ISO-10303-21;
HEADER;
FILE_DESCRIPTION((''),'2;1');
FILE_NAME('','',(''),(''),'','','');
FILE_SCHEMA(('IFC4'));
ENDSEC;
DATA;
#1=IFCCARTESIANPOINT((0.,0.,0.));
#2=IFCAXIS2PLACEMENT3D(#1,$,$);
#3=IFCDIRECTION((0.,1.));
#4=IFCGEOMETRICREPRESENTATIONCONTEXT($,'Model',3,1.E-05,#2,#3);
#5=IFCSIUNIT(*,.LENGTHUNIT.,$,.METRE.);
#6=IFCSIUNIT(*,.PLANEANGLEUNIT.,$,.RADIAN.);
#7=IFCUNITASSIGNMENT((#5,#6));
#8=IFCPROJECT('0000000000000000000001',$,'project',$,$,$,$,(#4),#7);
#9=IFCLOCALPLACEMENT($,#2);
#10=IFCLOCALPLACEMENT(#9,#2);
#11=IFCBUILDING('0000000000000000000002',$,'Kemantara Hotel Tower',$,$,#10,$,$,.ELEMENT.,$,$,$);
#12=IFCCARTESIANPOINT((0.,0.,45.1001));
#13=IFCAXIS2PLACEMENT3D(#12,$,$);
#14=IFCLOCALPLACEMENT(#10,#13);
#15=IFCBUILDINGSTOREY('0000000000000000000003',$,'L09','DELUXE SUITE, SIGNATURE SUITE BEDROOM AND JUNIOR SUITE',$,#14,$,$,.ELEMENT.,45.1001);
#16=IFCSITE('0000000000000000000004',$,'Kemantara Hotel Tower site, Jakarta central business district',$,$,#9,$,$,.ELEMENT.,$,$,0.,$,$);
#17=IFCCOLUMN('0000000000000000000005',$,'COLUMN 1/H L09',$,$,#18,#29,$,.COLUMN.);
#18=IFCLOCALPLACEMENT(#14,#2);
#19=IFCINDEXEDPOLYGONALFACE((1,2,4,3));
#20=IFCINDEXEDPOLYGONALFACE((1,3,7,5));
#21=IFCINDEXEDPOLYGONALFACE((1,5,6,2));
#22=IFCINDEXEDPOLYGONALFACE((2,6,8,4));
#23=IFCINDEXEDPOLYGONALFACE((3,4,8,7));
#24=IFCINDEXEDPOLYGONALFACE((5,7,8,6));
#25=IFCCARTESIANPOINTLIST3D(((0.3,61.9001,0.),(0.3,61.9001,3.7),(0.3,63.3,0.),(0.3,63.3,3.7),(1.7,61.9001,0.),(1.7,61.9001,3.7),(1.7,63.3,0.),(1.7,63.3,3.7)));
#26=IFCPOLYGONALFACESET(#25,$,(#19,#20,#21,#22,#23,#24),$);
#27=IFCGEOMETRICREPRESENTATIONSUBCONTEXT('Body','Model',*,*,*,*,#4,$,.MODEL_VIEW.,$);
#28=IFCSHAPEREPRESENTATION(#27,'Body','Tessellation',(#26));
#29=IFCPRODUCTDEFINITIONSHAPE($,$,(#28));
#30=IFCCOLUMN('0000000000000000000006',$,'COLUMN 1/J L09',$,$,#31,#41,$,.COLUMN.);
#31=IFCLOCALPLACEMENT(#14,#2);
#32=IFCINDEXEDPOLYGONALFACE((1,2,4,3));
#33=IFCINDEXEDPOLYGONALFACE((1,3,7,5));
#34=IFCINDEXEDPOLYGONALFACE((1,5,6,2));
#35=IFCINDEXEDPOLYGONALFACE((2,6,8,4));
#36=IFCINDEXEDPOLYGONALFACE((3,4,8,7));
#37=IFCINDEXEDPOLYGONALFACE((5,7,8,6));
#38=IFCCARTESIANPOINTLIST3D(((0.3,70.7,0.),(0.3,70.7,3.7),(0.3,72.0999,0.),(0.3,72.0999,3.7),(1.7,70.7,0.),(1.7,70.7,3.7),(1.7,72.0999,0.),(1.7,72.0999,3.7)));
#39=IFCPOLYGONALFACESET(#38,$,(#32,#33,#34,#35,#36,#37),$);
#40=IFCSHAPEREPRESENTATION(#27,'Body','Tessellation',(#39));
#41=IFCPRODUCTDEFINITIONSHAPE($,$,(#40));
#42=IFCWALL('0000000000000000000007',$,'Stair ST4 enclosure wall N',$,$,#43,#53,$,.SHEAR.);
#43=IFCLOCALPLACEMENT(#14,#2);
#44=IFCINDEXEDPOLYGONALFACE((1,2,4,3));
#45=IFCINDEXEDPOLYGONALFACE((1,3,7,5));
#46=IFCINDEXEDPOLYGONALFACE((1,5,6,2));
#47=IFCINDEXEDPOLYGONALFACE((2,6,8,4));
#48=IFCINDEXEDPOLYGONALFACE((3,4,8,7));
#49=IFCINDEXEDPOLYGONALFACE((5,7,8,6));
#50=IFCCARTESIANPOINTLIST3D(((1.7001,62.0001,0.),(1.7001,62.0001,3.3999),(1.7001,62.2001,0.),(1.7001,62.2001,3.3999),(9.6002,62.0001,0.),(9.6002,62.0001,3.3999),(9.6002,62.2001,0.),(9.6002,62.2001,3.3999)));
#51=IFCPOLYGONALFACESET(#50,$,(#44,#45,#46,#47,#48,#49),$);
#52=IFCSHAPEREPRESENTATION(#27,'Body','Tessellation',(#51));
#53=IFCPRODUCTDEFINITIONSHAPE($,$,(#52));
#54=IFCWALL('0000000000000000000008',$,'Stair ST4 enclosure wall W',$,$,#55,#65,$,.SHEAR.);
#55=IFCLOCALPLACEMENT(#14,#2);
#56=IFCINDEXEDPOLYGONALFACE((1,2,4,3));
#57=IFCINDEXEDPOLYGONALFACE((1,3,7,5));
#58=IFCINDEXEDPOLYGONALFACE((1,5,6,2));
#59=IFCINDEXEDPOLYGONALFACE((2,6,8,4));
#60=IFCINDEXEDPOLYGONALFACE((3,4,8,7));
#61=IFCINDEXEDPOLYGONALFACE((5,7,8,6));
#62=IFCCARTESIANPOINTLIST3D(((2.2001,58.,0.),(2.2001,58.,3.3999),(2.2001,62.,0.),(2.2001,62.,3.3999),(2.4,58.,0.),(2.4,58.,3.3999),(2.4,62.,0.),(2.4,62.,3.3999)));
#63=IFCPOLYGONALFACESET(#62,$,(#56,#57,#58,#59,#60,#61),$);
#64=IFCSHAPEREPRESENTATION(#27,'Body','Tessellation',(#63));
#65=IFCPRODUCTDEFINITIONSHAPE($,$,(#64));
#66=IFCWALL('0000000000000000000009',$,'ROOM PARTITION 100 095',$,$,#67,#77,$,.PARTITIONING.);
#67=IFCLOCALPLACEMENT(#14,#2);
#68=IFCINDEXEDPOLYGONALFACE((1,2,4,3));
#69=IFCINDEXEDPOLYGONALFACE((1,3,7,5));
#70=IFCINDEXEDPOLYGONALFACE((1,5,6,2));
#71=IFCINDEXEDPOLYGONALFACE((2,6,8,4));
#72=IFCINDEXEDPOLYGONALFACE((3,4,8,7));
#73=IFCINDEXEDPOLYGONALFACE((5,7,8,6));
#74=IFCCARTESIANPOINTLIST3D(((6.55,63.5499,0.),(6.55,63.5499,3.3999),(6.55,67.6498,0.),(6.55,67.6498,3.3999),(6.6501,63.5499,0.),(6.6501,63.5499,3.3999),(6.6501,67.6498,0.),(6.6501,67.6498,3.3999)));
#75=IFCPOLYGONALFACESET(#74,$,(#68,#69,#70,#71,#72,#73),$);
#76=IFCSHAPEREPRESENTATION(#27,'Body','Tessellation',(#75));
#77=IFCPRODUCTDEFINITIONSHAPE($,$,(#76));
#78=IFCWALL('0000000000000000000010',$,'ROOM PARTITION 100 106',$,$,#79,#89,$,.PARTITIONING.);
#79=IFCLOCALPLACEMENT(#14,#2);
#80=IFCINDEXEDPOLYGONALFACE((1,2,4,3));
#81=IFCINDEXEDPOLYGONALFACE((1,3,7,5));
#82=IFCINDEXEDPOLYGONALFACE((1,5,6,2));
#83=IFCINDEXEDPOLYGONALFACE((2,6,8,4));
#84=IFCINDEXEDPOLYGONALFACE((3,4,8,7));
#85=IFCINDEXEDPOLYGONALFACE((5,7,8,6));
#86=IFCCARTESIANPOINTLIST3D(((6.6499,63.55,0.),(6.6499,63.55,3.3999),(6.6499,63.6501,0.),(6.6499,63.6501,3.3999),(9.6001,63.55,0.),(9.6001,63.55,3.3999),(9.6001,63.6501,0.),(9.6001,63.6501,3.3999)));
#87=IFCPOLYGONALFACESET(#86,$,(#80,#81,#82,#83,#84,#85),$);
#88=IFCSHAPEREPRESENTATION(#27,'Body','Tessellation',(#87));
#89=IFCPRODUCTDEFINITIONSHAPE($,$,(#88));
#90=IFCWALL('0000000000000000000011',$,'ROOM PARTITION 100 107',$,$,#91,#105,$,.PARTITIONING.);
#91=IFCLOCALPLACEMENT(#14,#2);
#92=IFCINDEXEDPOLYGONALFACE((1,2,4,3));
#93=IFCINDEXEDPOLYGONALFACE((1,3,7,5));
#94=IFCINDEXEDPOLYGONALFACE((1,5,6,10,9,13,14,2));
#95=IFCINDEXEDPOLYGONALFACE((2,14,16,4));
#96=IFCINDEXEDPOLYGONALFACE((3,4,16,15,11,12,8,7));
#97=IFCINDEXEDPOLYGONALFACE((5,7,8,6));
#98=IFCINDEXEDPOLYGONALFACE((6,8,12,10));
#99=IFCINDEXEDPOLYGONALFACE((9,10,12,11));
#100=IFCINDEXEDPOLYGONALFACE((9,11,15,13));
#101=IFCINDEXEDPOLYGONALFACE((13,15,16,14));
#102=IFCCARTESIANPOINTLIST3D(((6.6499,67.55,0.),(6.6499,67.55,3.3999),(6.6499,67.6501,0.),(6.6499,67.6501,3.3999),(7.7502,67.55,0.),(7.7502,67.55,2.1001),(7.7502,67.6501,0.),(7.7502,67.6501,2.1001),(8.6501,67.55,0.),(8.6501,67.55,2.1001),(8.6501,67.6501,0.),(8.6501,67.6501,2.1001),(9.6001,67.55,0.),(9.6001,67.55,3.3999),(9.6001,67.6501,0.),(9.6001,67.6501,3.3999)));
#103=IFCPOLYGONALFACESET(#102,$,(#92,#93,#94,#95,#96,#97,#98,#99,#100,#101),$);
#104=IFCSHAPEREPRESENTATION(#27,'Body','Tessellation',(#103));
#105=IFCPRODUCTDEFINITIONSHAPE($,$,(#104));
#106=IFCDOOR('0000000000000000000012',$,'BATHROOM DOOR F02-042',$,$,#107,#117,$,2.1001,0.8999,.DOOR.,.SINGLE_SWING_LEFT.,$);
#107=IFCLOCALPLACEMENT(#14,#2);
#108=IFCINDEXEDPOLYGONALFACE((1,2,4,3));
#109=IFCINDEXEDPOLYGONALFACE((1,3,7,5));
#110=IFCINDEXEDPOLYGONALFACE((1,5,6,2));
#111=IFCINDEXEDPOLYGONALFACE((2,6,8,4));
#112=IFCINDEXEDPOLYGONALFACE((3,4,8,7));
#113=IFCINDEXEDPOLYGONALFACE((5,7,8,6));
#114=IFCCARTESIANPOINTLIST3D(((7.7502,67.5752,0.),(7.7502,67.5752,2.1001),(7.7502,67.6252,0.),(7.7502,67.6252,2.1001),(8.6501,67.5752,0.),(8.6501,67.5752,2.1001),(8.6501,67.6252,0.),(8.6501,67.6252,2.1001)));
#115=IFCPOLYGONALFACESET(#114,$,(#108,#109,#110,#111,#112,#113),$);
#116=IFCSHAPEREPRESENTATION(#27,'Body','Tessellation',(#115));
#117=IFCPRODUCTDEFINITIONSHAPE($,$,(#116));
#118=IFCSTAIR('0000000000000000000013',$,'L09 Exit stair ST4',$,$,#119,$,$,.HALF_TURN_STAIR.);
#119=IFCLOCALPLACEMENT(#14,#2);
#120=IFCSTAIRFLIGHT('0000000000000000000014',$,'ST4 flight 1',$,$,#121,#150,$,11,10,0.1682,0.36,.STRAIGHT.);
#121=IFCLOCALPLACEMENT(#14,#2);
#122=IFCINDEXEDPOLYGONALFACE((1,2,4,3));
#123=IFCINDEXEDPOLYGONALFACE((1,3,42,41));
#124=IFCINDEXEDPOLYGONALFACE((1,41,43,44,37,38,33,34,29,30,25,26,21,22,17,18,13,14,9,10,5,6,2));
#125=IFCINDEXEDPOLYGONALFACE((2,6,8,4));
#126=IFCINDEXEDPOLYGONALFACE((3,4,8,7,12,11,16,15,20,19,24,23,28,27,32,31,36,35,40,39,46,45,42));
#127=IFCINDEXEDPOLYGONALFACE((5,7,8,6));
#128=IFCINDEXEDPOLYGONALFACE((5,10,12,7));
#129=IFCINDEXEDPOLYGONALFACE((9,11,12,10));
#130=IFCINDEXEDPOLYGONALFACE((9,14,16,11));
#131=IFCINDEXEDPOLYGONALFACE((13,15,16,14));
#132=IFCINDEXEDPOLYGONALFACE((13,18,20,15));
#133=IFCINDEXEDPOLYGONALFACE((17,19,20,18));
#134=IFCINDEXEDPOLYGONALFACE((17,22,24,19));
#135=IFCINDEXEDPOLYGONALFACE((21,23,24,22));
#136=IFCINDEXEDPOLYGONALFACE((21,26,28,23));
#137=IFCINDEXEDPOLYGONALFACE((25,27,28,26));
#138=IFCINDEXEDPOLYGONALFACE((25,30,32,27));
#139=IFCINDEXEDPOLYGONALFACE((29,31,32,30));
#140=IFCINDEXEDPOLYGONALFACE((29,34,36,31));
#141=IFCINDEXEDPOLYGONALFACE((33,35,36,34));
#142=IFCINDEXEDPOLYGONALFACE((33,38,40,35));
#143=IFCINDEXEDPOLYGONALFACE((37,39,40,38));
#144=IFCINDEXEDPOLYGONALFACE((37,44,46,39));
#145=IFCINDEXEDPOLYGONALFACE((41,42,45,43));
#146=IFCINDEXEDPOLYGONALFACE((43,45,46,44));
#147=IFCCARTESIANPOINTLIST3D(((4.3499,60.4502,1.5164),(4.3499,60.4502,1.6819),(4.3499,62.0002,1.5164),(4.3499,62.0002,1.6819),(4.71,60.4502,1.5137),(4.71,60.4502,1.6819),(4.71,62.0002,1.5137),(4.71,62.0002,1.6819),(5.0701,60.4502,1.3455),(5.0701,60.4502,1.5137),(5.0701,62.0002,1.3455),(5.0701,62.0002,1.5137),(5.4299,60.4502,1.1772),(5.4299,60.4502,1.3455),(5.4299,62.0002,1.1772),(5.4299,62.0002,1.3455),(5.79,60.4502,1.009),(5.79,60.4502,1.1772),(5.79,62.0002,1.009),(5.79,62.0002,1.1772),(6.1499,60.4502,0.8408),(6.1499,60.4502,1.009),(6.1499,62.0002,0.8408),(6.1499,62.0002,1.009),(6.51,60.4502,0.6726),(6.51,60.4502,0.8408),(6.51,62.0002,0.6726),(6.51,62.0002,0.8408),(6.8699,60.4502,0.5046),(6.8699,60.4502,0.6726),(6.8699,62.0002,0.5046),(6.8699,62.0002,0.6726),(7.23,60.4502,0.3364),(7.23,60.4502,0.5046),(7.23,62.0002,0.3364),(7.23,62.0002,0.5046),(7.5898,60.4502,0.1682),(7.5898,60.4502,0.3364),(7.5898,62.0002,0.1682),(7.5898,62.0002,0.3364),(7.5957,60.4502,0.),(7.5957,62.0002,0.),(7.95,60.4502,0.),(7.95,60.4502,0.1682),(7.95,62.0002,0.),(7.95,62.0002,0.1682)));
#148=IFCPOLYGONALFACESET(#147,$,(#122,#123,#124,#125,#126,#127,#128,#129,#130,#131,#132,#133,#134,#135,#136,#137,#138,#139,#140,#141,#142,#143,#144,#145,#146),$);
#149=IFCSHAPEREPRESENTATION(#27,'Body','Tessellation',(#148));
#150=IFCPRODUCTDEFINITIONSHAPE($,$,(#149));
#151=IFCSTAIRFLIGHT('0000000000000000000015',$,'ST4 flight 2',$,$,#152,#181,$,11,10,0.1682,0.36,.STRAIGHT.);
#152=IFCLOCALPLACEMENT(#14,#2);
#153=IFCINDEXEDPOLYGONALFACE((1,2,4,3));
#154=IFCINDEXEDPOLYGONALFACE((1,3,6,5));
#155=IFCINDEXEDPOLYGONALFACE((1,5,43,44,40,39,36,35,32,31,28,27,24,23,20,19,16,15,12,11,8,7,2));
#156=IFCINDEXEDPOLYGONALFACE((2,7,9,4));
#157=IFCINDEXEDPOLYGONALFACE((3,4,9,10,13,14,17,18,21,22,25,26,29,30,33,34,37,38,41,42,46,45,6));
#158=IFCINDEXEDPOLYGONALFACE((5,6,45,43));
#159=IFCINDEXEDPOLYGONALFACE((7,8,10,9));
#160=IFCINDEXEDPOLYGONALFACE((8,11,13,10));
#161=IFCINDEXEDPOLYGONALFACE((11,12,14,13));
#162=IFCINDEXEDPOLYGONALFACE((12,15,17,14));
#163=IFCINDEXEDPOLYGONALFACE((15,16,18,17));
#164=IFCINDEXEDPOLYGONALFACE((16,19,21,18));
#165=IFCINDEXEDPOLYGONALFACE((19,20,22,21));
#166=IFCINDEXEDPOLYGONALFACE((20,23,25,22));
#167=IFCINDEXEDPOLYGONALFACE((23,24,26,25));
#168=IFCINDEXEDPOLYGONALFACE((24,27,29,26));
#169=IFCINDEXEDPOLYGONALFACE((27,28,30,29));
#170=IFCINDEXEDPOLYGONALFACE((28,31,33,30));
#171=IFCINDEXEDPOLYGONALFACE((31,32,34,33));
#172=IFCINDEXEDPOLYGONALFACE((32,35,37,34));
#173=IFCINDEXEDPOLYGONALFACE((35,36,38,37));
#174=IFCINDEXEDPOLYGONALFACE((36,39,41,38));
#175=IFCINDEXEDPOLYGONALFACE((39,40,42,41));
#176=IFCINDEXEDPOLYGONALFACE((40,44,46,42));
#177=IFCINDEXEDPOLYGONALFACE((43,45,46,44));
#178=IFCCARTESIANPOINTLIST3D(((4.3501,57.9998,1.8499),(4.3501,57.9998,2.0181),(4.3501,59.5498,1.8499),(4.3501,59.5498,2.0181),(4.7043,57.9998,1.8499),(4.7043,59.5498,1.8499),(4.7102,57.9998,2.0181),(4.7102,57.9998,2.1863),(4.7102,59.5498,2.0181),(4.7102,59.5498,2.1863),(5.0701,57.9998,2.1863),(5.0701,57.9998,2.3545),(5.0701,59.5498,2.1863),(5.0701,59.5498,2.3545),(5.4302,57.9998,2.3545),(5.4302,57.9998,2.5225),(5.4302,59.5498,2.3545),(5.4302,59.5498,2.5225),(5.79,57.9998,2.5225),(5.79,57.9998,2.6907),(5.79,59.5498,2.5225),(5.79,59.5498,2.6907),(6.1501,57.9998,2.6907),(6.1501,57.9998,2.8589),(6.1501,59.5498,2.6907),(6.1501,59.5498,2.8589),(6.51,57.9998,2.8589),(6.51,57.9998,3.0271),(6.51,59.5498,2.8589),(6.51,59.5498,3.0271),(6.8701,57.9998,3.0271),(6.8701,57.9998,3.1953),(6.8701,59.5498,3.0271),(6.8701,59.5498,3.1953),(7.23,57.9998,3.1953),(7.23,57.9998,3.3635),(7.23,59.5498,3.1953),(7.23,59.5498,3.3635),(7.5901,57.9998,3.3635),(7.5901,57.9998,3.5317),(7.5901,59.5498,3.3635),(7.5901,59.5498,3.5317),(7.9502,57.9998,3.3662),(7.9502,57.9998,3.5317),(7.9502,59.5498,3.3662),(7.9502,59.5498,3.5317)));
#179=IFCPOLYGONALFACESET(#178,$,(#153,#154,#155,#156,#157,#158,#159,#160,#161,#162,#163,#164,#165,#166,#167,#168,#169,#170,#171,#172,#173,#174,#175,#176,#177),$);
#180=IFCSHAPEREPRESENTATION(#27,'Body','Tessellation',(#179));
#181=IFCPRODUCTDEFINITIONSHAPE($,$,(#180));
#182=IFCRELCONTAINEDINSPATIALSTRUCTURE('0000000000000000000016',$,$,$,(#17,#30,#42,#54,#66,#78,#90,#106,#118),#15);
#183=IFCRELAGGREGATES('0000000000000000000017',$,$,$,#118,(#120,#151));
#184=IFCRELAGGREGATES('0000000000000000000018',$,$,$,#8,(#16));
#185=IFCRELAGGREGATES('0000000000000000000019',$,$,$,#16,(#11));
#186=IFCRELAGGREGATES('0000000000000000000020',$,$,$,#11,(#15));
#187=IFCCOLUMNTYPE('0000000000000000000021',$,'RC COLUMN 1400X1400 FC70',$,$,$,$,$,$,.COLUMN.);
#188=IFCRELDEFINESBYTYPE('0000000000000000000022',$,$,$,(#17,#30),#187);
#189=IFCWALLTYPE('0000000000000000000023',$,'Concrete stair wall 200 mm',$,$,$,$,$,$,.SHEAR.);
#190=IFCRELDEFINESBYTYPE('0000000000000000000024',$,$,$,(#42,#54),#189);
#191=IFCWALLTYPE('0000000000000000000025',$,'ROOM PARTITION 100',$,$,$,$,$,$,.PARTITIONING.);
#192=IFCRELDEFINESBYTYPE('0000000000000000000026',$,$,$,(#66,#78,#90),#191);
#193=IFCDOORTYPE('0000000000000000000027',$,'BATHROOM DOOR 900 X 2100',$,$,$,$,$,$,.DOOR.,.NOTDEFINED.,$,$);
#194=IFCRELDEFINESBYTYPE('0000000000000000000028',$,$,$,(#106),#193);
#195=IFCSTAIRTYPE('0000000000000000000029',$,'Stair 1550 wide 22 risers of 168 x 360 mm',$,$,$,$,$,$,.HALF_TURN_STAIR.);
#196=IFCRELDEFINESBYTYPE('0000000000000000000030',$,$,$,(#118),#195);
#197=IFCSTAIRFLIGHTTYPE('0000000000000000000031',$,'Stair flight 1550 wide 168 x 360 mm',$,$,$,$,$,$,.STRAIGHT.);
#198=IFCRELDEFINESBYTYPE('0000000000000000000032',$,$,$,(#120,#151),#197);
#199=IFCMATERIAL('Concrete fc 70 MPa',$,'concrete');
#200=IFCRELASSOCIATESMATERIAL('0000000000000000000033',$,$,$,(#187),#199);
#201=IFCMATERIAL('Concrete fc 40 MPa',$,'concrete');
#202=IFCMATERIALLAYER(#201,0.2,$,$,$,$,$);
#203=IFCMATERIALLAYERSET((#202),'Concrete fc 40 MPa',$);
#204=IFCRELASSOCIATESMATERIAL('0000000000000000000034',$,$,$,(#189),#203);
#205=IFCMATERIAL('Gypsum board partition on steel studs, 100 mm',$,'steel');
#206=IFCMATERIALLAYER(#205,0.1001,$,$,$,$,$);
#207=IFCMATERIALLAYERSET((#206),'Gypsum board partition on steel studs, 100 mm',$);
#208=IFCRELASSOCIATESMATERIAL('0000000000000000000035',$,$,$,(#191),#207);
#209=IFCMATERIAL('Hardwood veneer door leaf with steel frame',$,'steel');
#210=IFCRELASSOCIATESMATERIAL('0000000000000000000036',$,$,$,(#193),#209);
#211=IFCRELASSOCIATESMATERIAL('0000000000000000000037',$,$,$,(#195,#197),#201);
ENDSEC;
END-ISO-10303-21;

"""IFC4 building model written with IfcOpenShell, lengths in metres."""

from ifc_helpers import new_model, si_unit, direction, frame, frame_2d, origin, origin_2d, place, context, subcontext, project, spatial, polyline, rectangle, outline, extrude, material, layer, layer_set, material_profile, profile_set, type_object, element, fill, aggregate, save


model = new_model("IFC4")

# Units and contexts
model_context = context("Model", 3, precision=1e-05, world=origin(), true_north=direction((0.0, 1.0)))
body_context = subcontext(model_context, "Body", "Model", "MODEL_VIEW")
ifc_project = project(units=[si_unit("LENGTHUNIT", "METRE"), si_unit("PLANEANGLEUNIT", "RADIAN")], contexts=[model_context])

# Site, building, storey
site_placement = place(None, origin())
site = spatial("IfcSite", under=ifc_project, at=site_placement, Name="Kemantara Hotel Tower site, Jakarta central business district", CompositionType="ELEMENT", RefElevation=0.0)
building_placement = place(site_placement, origin())
building = spatial("IfcBuilding", under=site, at=building_placement, Name="Kemantara Hotel Tower", CompositionType="ELEMENT")
storey_placement = place(building_placement, frame((0.0, 0.0, 45.1001)))
storey = spatial("IfcBuildingStorey", under=building, at=storey_placement, Name="L09", Description="DELUXE SUITE, SIGNATURE SUITE BEDROOM AND JUNIOR SUITE", CompositionType="ELEMENT", Elevation=45.1001)

# Columns
ifc_material_1 = material(Name="Concrete fc 70 MPa", Category="concrete")
ifc_material_profile = material_profile(ifc_material_1, rectangle(XDim=1.3999, YDim=1.3999, at=origin_2d()), Name="RC 1400X1400")
ifc_profile_set = profile_set([ifc_material_profile], Name="Concrete fc 70 MPa")
column_type = type_object("IfcColumnType", Name="RC COLUMN 1400X1400 FC70", PredefinedType="COLUMN", material=ifc_profile_set)
for number, where, z_axis, x_axis, name in (
    (1, (1.0, 62.6001, 0.0), (0.0, 0.0, 1.0), (1.0, 0.0, 0.0), "COLUMN 1/H L09"),
    (2, (1.0, 71.3999, 0.0), (0.0, 0.0, 1.0), (1.0, 0.0, 0.0), "COLUMN 1/J L09"),
):
    element("IfcColumn", number, at=place(storey_placement, frame(where, z_axis=z_axis, x_axis=x_axis)), inside=storey, type_object=column_type, Name=name, PredefinedType="COLUMN", context=body_context, shape_type="SweptSolid", body=[
        extrude(rectangle(XDim=1.3999, YDim=1.3999, at=origin_2d()), origin(), (0.0, 0.0, 1.0), 3.7),
    ])

# Walls
ifc_material_2 = material(Name="Concrete fc 40 MPa", Category="concrete")
ifc_layer_1 = layer(ifc_material_2, 0.2)
ifc_layer_set_1 = layer_set([ifc_layer_1], Name="Concrete fc 40 MPa")
wall_type_1 = type_object("IfcWallType", Name="Concrete stair wall 200 mm", PredefinedType="SHEAR", material=ifc_layer_set_1)
wall_1_placement = place(storey_placement, frame((1.7, 62.1001, 0.0), z_axis=(0.0, 0.0, 1.0), x_axis=(1.0, 0.0, 0.0)))
element("IfcWall", 3, at=wall_1_placement, inside=storey, type_object=wall_type_1, Name="Stair ST4 enclosure wall N", PredefinedType="SHEAR", context=body_context, shape_type="SweptSolid", body=[
    extrude(rectangle(XDim=7.9001, YDim=0.2, at=frame_2d((3.9502, 0.0))), origin(), (0.0, 0.0, 1.0), 3.3999),
])
wall_2_placement = place(storey_placement, frame((2.3, 58.0, 0.0), z_axis=(0.0, 0.0, 1.0), x_axis=(0.0, 1.0, 0.0)))
element("IfcWall", 4, at=wall_2_placement, inside=storey, type_object=wall_type_1, Name="Stair ST4 enclosure wall W", PredefinedType="SHEAR", context=body_context, shape_type="SweptSolid", body=[
    extrude(rectangle(XDim=4.0, YDim=0.2, at=frame_2d((2.0, 0.0))), origin(), (0.0, 0.0, 1.0), 3.3999),
])
ifc_material_3 = material(Name="Gypsum board partition on steel studs, 100 mm", Category="steel")
ifc_layer_2 = layer(ifc_material_3, 0.1001)
ifc_layer_set_2 = layer_set([ifc_layer_2], Name="Gypsum board partition on steel studs, 100 mm")
wall_type_2 = type_object("IfcWallType", Name="ROOM PARTITION 100", PredefinedType="PARTITIONING", material=ifc_layer_set_2)
wall_3_placement = place(storey_placement, frame((6.6001, 63.55, 0.0), z_axis=(0.0, 0.0, 1.0), x_axis=(0.0, 1.0, 0.0)))
element("IfcWall", 5, at=wall_3_placement, inside=storey, type_object=wall_type_2, Name="ROOM PARTITION 100 095", PredefinedType="PARTITIONING", context=body_context, shape_type="SweptSolid", body=[
    extrude(rectangle(XDim=4.0999, YDim=0.1001, at=frame_2d((2.0498, 0.0))), origin(), (0.0, 0.0, 1.0), 3.3999),
])
wall_4_placement = place(storey_placement, frame((6.6499, 63.6001, 0.0), z_axis=(0.0, 0.0, 1.0), x_axis=(1.0, 0.0, 0.0)))
element("IfcWall", 6, at=wall_4_placement, inside=storey, type_object=wall_type_2, Name="ROOM PARTITION 100 106", PredefinedType="PARTITIONING", context=body_context, shape_type="SweptSolid", body=[
    extrude(rectangle(XDim=2.9502, YDim=0.1001, at=frame_2d((1.4751, 0.0))), origin(), (0.0, 0.0, 1.0), 3.3999),
])

# Wall, opening, door
wall_5_placement = place(storey_placement, frame((9.6001, 67.6001, 0.0), z_axis=(0.0, 0.0, 1.0), x_axis=(-1.0, 0.0, 0.0)))
wall_5 = element("IfcWall", 7, at=wall_5_placement, inside=storey, type_object=wall_type_2, Name="ROOM PARTITION 100 107", PredefinedType="PARTITIONING", context=body_context, shape_type="SweptSolid", body=[
    extrude(rectangle(XDim=2.9502, YDim=0.1001, at=frame_2d((1.4751, 0.0))), origin(), (0.0, 0.0, 1.0), 3.3999),
])
opening_placement = place(wall_5_placement, frame((0.95, 0.0, 0.0)))
opening = element("IfcOpeningElement", 8, at=opening_placement, cuts=wall_5, PredefinedType="OPENING", context=body_context, shape_type="SweptSolid", body=[
    extrude(rectangle(XDim=0.8999, YDim=2.1001, at=frame_2d((0.45, 1.05))), frame((0.0, 0.0601, 0.0), z_axis=(0.0, -1.0, 0.0), x_axis=(1.0, 0.0, 0.0)), (0.0, 0.0, 1.0), 0.1201),
])
ifc_material_4 = material(Name="Hardwood veneer door leaf with steel frame", Category="steel")
door_type = type_object("IfcDoorType", Name="BATHROOM DOOR 900 X 2100", OperationType="NOTDEFINED", PredefinedType="DOOR", material=ifc_material_4)
door_placement = place(opening_placement, origin())
door = element("IfcDoor", 9, at=door_placement, inside=storey, type_object=door_type, Name="BATHROOM DOOR F02-042", OperationType="SINGLE_SWING_LEFT", OverallHeight=2.1001, OverallWidth=0.8999, PredefinedType="DOOR", context=body_context, shape_type="SweptSolid", body=[
    extrude(rectangle(XDim=0.8999, YDim=2.1001, at=frame_2d((0.45, 1.05))), frame((0.0, 0.0249, 0.0), z_axis=(0.0, -1.0, 0.0), x_axis=(1.0, 0.0, 0.0)), (0.0, 0.0, 1.0), 0.05),
])
fill(opening, door)

# Stair, stair flights
stair_type = type_object("IfcStairType", Name="Stair 1550 wide 22 risers of 168 x 360 mm", PredefinedType="HALF_TURN_STAIR", material=ifc_material_2)
stair_placement = place(storey_placement, origin())
stair = element("IfcStair", 10, at=stair_placement, inside=storey, type_object=stair_type, Name="L09 Exit stair ST4", PredefinedType="HALF_TURN_STAIR")
stair_flight_type = type_object("IfcStairFlightType", Name="Stair flight 1550 wide 168 x 360 mm", PredefinedType="STRAIGHT", material=ifc_material_2)
stair_flight_1_placement = place(storey_placement, frame((7.95, 61.2251, 0.0), z_axis=(0.0, 0.0, 1.0), x_axis=(-1.0, 0.0, 0.0)))
stair_flight_1 = element("IfcStairFlight", 11, at=stair_flight_1_placement, type_object=stair_flight_type, Name="ST4 flight 1", NumberOfRisers=11, NumberOfTreads=10, PredefinedType="STRAIGHT", RiserHeight=0.1682, TreadLength=0.36, context=body_context, shape_type="SweptSolid", body=[
    extrude(outline(polyline([(0.0, 0.0), (0.0, 0.1682), (0.3601, 0.1682), (0.3601, 0.3364), (0.72, 0.3364), (0.72, 0.5046), (1.0801, 0.5046), (1.0801, 0.6726), (1.4399, 0.6726), (1.4399, 0.8408), (1.8, 0.8408), (1.8, 1.009), (2.1599, 1.009), (2.1599, 1.1772), (2.52, 1.1772), (2.52, 1.3455), (2.8799, 1.3455), (2.8799, 1.5137), (3.24, 1.5137), (3.24, 1.6819), (3.6001, 1.6819), (3.6001, 1.8501), (3.6001, 1.5164), (0.3542, 0.0), (0.0, 0.0)])), frame((0.0, 0.7749, 0.0), z_axis=(0.0, -1.0, 0.0), x_axis=(1.0, 0.0, 0.0)), (0.0, 0.0, 1.0), 1.55),
])
stair_flight_2_placement = place(storey_placement, frame((4.3501, 58.7749, 1.8499), z_axis=(0.0, 0.0, 1.0), x_axis=(1.0, 0.0, 0.0)))
stair_flight_2 = element("IfcStairFlight", 12, at=stair_flight_2_placement, type_object=stair_flight_type, Name="ST4 flight 2", NumberOfRisers=11, NumberOfTreads=10, PredefinedType="STRAIGHT", RiserHeight=0.1682, TreadLength=0.36, context=body_context, shape_type="SweptSolid", body=[
    extrude(outline(polyline([(0.0, 0.0), (0.0, 0.1682), (0.3601, 0.1682), (0.3601, 0.3364), (0.72, 0.3364), (0.72, 0.5046), (1.0801, 0.5046), (1.0801, 0.6726), (1.4399, 0.6726), (1.4399, 0.8408), (1.8, 0.8408), (1.8, 1.009), (2.1599, 1.009), (2.1599, 1.1772), (2.52, 1.1772), (2.52, 1.3455), (2.8799, 1.3455), (2.8799, 1.5137), (3.24, 1.5137), (3.24, 1.6819), (3.6001, 1.6819), (3.6001, 1.8501), (3.6001, 1.5164), (0.3542, 0.0), (0.0, 0.0)])), frame((0.0, 0.7749, 0.0), z_axis=(0.0, -1.0, 0.0), x_axis=(1.0, 0.0, 0.0)), (0.0, 0.0, 1.0), 1.55),
])
aggregate(stair, [stair_flight_1, stair_flight_2])

save(model, "model.ifc")
